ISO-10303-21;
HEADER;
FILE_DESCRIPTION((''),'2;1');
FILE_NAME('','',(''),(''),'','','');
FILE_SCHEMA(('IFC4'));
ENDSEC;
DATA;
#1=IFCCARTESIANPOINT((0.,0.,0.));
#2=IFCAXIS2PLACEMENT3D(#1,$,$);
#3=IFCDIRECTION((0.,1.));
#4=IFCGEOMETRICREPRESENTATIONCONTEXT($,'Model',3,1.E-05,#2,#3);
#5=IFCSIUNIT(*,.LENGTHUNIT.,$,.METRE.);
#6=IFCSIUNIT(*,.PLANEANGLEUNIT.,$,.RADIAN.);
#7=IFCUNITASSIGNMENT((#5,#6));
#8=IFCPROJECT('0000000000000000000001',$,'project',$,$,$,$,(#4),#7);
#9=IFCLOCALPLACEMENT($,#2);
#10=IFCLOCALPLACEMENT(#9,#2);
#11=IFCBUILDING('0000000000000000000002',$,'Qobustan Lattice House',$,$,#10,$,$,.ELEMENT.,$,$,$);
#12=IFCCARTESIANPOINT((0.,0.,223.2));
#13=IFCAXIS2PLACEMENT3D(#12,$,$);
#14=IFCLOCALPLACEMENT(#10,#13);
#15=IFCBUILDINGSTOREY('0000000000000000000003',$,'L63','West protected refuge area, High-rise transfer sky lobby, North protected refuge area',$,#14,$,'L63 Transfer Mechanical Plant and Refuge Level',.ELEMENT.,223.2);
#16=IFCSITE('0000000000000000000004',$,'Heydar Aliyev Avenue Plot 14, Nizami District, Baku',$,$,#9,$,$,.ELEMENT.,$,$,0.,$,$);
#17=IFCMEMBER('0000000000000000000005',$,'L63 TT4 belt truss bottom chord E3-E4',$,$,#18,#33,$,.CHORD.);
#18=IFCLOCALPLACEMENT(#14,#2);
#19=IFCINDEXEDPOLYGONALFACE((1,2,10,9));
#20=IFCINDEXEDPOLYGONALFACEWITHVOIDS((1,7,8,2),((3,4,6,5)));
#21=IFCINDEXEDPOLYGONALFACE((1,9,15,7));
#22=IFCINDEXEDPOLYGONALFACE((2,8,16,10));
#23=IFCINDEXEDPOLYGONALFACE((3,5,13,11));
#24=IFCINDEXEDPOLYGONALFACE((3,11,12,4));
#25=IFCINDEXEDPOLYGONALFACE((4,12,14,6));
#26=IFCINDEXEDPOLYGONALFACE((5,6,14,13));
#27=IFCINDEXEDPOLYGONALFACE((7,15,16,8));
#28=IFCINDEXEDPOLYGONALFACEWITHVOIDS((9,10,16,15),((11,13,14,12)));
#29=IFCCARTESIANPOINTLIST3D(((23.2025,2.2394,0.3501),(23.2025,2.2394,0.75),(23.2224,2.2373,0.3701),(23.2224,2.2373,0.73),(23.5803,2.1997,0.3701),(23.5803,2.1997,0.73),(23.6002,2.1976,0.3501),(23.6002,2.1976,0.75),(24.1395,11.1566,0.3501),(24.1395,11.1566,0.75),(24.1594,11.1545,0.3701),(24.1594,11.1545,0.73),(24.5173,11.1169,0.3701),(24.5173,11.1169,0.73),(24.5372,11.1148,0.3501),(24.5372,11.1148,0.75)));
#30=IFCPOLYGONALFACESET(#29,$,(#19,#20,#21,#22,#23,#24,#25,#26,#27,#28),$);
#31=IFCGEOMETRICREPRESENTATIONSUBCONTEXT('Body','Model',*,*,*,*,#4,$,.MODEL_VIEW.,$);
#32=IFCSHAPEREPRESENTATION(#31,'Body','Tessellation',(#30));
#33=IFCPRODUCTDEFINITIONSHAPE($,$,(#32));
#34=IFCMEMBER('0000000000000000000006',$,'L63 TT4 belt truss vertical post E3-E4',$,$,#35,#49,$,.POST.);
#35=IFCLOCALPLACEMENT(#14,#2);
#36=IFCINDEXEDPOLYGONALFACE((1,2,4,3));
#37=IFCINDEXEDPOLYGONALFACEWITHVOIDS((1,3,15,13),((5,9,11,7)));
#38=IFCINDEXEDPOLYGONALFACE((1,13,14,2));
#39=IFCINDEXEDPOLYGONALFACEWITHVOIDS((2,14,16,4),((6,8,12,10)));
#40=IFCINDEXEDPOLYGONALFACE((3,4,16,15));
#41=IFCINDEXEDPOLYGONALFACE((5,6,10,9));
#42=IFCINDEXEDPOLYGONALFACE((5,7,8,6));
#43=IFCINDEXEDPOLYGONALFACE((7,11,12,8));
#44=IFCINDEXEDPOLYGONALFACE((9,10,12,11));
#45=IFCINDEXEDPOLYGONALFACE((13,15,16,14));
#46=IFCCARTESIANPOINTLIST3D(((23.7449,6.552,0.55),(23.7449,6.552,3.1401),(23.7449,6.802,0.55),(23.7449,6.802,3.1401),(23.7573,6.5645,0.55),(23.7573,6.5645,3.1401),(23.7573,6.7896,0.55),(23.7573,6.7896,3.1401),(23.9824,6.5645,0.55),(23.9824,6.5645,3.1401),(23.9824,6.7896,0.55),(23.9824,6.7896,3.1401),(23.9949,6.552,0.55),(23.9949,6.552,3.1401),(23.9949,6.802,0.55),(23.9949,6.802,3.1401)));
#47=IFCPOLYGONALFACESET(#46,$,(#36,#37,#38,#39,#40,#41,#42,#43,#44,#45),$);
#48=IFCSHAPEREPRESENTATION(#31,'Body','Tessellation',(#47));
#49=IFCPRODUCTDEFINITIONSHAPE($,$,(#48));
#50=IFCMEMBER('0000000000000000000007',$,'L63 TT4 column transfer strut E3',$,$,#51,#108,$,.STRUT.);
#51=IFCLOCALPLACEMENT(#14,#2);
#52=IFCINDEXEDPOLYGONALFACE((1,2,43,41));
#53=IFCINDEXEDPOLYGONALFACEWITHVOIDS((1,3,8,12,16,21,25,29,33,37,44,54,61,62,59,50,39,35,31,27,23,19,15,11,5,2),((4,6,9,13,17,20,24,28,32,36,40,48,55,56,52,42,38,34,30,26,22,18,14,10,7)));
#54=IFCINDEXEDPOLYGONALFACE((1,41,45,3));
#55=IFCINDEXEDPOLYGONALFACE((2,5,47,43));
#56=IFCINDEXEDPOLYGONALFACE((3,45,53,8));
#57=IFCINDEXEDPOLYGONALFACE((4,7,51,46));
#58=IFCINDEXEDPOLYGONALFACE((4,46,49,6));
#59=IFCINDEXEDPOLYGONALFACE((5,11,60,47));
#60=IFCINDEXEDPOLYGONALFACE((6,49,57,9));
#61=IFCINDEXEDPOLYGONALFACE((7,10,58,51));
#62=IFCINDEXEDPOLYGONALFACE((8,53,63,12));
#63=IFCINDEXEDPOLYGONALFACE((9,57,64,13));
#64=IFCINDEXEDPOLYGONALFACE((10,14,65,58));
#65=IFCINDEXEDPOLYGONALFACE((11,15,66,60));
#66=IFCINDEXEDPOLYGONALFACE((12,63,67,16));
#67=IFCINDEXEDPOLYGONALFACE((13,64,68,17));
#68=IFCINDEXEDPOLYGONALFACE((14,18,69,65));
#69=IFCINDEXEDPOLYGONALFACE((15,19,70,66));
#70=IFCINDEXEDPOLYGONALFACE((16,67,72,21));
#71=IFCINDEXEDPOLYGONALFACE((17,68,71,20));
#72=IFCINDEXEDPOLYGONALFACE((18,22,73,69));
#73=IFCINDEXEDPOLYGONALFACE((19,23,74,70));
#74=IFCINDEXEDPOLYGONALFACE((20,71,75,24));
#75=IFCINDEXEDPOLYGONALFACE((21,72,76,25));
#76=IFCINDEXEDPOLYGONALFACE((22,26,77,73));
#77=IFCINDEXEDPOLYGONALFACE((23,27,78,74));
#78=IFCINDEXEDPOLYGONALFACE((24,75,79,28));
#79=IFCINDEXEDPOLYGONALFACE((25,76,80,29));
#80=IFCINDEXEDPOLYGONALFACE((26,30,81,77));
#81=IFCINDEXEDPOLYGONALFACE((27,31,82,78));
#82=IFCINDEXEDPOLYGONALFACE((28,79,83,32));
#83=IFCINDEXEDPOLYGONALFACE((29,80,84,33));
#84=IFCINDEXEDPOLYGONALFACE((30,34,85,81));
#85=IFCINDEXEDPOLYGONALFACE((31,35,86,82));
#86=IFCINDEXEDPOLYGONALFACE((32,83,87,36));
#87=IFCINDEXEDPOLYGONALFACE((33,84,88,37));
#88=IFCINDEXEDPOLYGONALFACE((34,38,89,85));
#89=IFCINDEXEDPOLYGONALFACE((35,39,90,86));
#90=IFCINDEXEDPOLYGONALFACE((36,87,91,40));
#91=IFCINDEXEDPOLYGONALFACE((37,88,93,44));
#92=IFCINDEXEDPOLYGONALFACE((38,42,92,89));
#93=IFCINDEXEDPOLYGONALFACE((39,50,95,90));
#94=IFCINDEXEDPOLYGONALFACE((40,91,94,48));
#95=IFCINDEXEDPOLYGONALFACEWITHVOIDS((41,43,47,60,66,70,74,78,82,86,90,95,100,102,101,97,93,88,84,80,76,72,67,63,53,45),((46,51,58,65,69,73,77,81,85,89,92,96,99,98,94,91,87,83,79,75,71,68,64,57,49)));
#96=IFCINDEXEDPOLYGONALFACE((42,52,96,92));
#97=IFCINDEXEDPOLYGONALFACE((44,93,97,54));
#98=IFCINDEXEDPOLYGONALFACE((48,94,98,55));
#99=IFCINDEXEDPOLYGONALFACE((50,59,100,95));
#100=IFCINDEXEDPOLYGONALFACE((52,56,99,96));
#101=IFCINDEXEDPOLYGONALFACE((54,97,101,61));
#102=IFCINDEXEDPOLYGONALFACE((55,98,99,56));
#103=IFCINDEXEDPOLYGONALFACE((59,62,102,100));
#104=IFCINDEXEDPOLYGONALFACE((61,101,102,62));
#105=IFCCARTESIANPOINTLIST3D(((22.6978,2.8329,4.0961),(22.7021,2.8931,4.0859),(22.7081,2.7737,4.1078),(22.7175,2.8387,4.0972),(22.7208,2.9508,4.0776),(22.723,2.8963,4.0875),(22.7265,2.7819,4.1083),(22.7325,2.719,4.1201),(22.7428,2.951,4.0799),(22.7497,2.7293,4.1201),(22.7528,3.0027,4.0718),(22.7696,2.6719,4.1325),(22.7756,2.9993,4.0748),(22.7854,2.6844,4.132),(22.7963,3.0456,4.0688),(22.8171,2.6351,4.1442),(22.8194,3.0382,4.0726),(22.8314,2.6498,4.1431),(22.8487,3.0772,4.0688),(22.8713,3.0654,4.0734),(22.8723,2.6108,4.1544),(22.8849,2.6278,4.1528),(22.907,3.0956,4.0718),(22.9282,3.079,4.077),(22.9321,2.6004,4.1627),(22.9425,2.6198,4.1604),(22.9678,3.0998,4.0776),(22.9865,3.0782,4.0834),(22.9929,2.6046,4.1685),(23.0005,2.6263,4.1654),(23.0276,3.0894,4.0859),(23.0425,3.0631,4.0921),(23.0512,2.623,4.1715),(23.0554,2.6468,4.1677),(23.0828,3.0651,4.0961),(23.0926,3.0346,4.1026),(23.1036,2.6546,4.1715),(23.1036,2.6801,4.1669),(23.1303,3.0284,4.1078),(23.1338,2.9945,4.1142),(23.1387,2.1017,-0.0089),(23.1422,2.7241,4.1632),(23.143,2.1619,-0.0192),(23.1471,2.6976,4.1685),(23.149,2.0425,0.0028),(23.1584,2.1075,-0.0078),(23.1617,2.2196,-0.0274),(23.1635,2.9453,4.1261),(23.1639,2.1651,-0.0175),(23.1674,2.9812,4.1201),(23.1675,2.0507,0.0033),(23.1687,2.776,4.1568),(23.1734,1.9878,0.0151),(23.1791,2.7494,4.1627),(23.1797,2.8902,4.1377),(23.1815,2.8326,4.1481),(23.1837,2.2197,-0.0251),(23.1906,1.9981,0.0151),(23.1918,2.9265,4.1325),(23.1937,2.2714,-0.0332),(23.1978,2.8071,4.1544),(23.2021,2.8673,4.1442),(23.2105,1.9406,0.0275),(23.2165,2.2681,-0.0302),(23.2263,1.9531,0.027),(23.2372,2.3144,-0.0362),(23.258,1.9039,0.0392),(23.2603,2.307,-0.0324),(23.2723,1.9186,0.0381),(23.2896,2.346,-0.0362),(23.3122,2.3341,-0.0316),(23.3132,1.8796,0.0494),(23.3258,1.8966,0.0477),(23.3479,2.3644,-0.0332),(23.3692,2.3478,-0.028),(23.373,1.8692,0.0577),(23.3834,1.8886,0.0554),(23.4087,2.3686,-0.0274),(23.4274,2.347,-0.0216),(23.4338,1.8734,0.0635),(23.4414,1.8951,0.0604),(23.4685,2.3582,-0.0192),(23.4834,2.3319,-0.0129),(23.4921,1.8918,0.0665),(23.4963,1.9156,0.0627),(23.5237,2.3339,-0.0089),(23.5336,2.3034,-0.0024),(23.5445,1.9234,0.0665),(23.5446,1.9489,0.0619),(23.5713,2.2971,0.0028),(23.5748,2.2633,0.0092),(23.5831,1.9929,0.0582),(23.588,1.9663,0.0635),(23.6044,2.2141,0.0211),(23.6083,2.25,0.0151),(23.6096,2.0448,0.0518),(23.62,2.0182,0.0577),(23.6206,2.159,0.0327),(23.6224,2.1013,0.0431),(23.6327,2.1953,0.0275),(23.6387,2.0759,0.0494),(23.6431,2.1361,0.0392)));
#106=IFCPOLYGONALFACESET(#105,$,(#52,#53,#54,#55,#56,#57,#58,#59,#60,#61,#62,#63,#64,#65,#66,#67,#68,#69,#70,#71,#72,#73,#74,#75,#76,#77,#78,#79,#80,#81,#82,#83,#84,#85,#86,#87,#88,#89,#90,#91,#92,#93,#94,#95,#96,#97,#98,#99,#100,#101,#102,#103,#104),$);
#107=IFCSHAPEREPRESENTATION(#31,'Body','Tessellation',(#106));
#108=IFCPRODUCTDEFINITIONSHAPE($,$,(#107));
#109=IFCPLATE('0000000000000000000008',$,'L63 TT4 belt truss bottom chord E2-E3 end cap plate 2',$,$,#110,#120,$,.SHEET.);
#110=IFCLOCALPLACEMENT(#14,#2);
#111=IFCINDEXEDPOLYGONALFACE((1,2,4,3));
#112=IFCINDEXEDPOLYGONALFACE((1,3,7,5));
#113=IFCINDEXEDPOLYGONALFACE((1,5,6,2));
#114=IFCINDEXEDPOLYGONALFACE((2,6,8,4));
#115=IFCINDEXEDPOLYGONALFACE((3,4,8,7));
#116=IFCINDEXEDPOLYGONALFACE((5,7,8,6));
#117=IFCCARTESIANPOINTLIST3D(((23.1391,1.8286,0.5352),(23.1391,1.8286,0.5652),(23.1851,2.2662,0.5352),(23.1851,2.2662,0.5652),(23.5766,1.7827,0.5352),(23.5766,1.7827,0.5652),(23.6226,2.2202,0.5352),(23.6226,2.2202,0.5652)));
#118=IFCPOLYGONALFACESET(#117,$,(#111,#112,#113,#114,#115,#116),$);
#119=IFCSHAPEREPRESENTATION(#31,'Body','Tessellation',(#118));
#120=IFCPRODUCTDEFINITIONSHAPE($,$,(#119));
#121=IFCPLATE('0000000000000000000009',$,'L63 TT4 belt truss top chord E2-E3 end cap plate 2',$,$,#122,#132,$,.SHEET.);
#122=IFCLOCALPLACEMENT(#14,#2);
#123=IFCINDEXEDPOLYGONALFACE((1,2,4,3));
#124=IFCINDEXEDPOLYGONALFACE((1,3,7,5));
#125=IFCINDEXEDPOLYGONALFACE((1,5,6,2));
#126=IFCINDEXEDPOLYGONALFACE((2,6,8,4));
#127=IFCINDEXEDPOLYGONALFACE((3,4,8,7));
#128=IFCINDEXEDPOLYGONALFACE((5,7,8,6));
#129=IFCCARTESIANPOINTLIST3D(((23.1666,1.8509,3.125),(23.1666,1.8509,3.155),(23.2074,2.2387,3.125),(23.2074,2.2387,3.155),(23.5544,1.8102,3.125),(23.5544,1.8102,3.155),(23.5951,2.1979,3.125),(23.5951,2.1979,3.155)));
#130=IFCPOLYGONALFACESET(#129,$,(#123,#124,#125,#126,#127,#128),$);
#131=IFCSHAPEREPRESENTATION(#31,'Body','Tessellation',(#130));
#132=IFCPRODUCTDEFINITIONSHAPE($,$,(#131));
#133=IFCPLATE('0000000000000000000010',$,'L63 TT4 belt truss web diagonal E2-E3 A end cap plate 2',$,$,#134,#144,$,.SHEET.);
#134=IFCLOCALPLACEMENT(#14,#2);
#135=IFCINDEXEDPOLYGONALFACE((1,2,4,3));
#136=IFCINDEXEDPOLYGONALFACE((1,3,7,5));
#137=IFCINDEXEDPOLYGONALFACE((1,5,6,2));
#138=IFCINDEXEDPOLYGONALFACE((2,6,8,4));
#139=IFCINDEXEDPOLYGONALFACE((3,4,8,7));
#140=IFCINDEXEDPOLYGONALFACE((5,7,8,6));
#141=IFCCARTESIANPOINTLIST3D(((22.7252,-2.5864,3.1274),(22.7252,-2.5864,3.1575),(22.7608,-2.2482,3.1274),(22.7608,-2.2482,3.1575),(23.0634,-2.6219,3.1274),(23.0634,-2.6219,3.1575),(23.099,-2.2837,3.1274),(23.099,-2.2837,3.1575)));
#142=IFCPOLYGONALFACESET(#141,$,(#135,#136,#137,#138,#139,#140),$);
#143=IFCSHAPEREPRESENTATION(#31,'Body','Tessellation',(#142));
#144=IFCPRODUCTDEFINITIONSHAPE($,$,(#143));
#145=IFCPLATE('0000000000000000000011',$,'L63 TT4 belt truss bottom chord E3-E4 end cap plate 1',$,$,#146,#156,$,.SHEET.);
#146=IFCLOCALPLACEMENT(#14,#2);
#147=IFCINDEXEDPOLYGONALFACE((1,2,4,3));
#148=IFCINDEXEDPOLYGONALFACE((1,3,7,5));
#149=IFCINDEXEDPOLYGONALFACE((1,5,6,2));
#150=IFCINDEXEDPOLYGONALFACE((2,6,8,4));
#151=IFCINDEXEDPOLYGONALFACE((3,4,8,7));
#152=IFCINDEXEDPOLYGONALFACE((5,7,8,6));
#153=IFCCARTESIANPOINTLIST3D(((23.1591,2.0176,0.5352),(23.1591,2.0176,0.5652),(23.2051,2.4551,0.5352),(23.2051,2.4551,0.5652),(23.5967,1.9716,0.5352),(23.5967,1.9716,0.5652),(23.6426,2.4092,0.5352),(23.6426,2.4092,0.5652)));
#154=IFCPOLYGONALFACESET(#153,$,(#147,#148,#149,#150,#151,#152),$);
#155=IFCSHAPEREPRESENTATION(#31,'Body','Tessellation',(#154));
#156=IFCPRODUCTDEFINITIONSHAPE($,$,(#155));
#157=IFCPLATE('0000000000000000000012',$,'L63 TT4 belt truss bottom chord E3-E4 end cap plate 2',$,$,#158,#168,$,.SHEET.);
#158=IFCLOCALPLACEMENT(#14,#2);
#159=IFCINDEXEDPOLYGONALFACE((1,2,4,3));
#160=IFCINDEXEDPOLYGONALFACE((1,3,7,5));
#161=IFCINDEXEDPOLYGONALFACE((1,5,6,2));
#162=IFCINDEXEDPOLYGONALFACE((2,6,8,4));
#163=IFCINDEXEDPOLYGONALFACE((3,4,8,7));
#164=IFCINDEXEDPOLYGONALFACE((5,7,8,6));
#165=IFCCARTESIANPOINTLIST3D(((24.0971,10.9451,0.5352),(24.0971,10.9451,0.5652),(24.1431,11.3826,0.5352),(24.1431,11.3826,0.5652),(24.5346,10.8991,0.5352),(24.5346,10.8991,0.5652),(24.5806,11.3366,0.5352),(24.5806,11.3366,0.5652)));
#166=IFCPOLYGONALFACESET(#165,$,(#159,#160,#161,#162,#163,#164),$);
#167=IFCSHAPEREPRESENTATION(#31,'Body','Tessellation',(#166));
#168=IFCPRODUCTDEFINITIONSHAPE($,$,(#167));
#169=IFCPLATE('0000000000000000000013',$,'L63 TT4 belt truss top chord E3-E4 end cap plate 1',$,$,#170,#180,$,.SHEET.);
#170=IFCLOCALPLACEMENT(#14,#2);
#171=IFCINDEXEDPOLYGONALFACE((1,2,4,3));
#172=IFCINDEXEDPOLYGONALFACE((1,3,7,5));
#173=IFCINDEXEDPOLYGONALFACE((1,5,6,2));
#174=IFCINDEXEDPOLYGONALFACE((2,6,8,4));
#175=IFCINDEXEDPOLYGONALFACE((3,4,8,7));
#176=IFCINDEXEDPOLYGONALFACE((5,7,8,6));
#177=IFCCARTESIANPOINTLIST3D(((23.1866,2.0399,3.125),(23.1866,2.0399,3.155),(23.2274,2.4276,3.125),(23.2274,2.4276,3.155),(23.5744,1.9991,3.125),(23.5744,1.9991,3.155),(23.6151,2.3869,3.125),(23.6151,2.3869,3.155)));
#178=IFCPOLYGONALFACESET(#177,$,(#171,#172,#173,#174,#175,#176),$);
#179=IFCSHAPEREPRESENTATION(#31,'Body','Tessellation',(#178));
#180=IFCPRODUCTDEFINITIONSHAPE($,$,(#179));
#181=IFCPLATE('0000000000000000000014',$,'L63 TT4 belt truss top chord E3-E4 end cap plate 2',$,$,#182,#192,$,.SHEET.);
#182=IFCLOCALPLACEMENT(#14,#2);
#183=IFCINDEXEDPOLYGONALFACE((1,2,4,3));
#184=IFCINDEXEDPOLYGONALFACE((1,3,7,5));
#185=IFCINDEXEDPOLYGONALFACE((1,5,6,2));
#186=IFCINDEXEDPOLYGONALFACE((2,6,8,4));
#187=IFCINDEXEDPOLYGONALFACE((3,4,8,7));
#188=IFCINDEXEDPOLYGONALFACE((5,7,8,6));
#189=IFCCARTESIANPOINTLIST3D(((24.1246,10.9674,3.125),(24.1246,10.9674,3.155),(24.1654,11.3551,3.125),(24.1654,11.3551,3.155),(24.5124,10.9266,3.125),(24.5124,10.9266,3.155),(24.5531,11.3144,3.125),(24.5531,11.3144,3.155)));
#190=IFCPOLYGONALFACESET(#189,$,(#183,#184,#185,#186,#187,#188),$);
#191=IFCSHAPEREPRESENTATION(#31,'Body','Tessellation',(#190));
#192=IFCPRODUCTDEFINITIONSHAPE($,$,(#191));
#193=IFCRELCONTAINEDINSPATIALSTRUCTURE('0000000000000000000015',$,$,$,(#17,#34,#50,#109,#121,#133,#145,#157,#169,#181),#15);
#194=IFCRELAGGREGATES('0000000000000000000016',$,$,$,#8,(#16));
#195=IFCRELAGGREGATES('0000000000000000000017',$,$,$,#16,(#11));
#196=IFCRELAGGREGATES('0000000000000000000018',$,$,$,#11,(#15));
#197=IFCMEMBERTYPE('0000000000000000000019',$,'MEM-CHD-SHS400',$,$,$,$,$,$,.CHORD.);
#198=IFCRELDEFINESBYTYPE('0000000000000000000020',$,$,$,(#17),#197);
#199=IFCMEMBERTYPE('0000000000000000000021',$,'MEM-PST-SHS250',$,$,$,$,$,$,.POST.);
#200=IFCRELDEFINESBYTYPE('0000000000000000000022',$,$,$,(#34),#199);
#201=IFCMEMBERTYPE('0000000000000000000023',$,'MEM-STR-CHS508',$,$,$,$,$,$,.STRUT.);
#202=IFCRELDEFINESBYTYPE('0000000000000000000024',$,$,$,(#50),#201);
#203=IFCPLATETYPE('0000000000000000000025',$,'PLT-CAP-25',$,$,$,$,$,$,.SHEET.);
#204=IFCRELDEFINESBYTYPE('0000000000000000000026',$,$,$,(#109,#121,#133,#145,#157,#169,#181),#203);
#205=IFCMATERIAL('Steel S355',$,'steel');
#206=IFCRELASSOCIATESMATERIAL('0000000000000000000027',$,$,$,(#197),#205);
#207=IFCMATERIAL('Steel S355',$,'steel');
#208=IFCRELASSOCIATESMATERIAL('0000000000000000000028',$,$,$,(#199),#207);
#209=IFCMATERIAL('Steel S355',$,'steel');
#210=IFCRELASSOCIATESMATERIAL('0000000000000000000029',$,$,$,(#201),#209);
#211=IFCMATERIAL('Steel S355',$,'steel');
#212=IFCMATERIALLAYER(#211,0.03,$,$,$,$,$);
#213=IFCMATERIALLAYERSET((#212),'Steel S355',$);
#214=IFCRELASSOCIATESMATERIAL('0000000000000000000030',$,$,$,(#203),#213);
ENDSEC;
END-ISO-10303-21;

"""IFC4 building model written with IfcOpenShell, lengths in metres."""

from ifc_helpers import new_model, si_unit, direction, frame, origin, origin_2d, place, context, subcontext, project, spatial, rectangle, hollow_rectangle, hollow_circle, extrude, material, layer, layer_set, material_profile, profile_set, type_object, element, save


model = new_model("IFC4")

# Units and contexts
model_context = context("Model", 3, precision=1e-05, world=origin(), true_north=direction((0.0, 1.0)))
body_context = subcontext(model_context, "Body", "Model", "MODEL_VIEW")
ifc_project = project(units=[si_unit("LENGTHUNIT", "METRE"), si_unit("PLANEANGLEUNIT", "RADIAN")], contexts=[model_context])

# Site, building, storey
site_placement = place(None, origin())
site = spatial("IfcSite", under=ifc_project, at=site_placement, Name="Heydar Aliyev Avenue Plot 14, Nizami District, Baku", CompositionType="ELEMENT", RefElevation=0.0)
building_placement = place(site_placement, origin())
building = spatial("IfcBuilding", under=site, at=building_placement, Name="Qobustan Lattice House", CompositionType="ELEMENT")
storey_placement = place(building_placement, frame((0.0, 0.0, 223.2)))
storey = spatial("IfcBuildingStorey", under=building, at=storey_placement, Name="L63", Description="West protected refuge area, High-rise transfer sky lobby, North protected refuge area", LongName="L63 Transfer Mechanical Plant and Refuge Level", CompositionType="ELEMENT", Elevation=223.2)

# Members
ifc_material_1 = material(Name="Steel S355", Category="steel")
ifc_material_profile_1 = material_profile(ifc_material_1, hollow_rectangle(XDim=0.3999, YDim=0.3999, WallThickness=0.02, at=origin_2d()), Name="SHS400x400x20")
ifc_profile_set_1 = profile_set([ifc_material_profile_1], Name="Steel S355")
member_type_1 = type_object("IfcMemberType", Name="MEM-CHD-SHS400", PredefinedType="CHORD", material=ifc_profile_set_1)
member_1_placement = place(storey_placement, frame((23.4014, 2.2185, 0.55), z_axis=(0.104503, 0.994525, 0.0), x_axis=(-0.994525, 0.104503, 0.0)))
element("IfcMember", 1, at=member_1_placement, inside=storey, type_object=member_type_1, Name="L63 TT4 belt truss bottom chord E3-E4", PredefinedType="CHORD", context=body_context, shape_type="SweptSolid", body=[
    extrude(hollow_rectangle(XDim=0.3999, YDim=0.3999, WallThickness=0.02, at=origin_2d()), origin(), (0.0, 0.0, 1.0), 8.9663),
])
ifc_material_2 = material(Name="Steel S355", Category="steel")
ifc_material_profile_2 = material_profile(ifc_material_2, hollow_rectangle(XDim=0.25, YDim=0.25, WallThickness=0.0125, at=origin_2d()), Name="SHS250x250x12.5")
ifc_profile_set_2 = profile_set([ifc_material_profile_2], Name="Steel S355")
member_type_2 = type_object("IfcMemberType", Name="MEM-PST-SHS250", PredefinedType="POST", material=ifc_profile_set_2)
member_2_placement = place(storey_placement, frame((23.8699, 6.677, 0.55), z_axis=(0.0, 0.0, 1.0), x_axis=(1.0, 0.0, 0.0)))
element("IfcMember", 2, at=member_2_placement, inside=storey, type_object=member_type_2, Name="L63 TT4 belt truss vertical post E3-E4", PredefinedType="POST", context=body_context, shape_type="SweptSolid", body=[
    extrude(hollow_rectangle(XDim=0.25, YDim=0.25, WallThickness=0.0125, at=origin_2d()), origin(), (0.0, 0.0, 1.0), 2.5901),
])
ifc_material_3 = material(Name="Steel S355", Category="steel")
ifc_material_profile_3 = material_profile(ifc_material_3, hollow_circle(Radius=0.2539, WallThickness=0.02, at=origin_2d()), Name="CHS508x20")
ifc_profile_set_3 = profile_set([ifc_material_profile_3], Name="Steel S355")
member_type_3 = type_object("IfcMemberType", Name="MEM-STR-CHS508", PredefinedType="STRUT", material=ifc_profile_set_3)
member_3_placement = place(storey_placement, frame((23.3909, 2.1189, 0.0151), z_axis=(-0.10516, 0.174393, 0.979045), x_axis=(-0.856356, -0.516387, 0.0)))
element("IfcMember", 3, at=member_3_placement, inside=storey, type_object=member_type_3, Name="L63 TT4 column transfer strut E3", PredefinedType="STRUT", context=body_context, shape_type="SweptSolid", body=[
    extrude(hollow_circle(Radius=0.2539, WallThickness=0.02, at=origin_2d()), origin(), (0.0, 0.0, 1.0), 4.1929),
])

# Plates
ifc_material_4 = material(Name="Steel S355", Category="steel")
ifc_layer_1 = layer(ifc_material_4, 0.03)
ifc_layer_set_1 = layer_set([ifc_layer_1], Name="Steel S355")
plate_type = type_object("IfcPlateType", Name="PLT-CAP-25", PredefinedType="SHEET", material=ifc_layer_set_1)
plate_1_placement = place(storey_placement, frame((23.3809, 2.0244, 0.5352), z_axis=(0.0, 0.0, 1.0), x_axis=(0.104528, 0.994522, 0.0)))
element("IfcPlate", 4, at=plate_1_placement, inside=storey, type_object=plate_type, Name="L63 TT4 belt truss bottom chord E2-E3 end cap plate 2", PredefinedType="SHEET", context=body_context, shape_type="SweptSolid", body=[
    extrude(rectangle(XDim=0.4399, YDim=0.4399, at=origin_2d()), origin(), (0.0, 0.0, 1.0), 0.03),
])
plate_2_placement = place(storey_placement, frame((23.3809, 2.0244, 3.125), z_axis=(0.0, 0.0, 1.0), x_axis=(0.104528, 0.994522, 0.0)))
element("IfcPlate", 5, at=plate_2_placement, inside=storey, type_object=plate_type, Name="L63 TT4 belt truss top chord E2-E3 end cap plate 2", PredefinedType="SHEET", context=body_context, shape_type="SweptSolid", body=[
    extrude(rectangle(XDim=0.3899, YDim=0.3899, at=origin_2d()), origin(), (0.0, 0.0, 1.0), 0.03),
])
plate_3_placement = place(storey_placement, frame((22.9121, -2.4351, 3.1274), z_axis=(0.0, 0.0, 1.0), x_axis=(0.104528, 0.994522, 0.0)))
element("IfcPlate", 6, at=plate_3_placement, inside=storey, type_object=plate_type, Name="L63 TT4 belt truss web diagonal E2-E3 A end cap plate 2", PredefinedType="SHEET", context=body_context, shape_type="SweptSolid", body=[
    extrude(rectangle(XDim=0.3401, YDim=0.3401, at=origin_2d()), origin(), (0.0, 0.0, 1.0), 0.03),
])
for number, where, z_axis, x_axis, name in (
    (7, (23.4009, 2.2134, 0.5352), (0.0, 0.0, 1.0), (0.104511, 0.994524, 0.0), "L63 TT4 belt truss bottom chord E3-E4 end cap plate 1"),
    (8, (24.3389, 11.1409, 0.5352), (0.0, 0.0, 1.0), (0.104511, 0.994524, 0.0), "L63 TT4 belt truss bottom chord E3-E4 end cap plate 2"),
):
    element("IfcPlate", number, at=place(storey_placement, frame(where, z_axis=z_axis, x_axis=x_axis)), inside=storey, type_object=plate_type, Name=name, PredefinedType="SHEET", context=body_context, shape_type="SweptSolid", body=[
        extrude(rectangle(XDim=0.4399, YDim=0.4399, at=origin_2d()), origin(), (0.0, 0.0, 1.0), 0.03),
    ])
for number, where, z_axis, x_axis, name in (
    (9, (23.4009, 2.2134, 3.125), (0.0, 0.0, 1.0), (0.104511, 0.994524, 0.0), "L63 TT4 belt truss top chord E3-E4 end cap plate 1"),
    (10, (24.3389, 11.1409, 3.125), (0.0, 0.0, 1.0), (0.104511, 0.994524, 0.0), "L63 TT4 belt truss top chord E3-E4 end cap plate 2"),
):
    element("IfcPlate", number, at=place(storey_placement, frame(where, z_axis=z_axis, x_axis=x_axis)), inside=storey, type_object=plate_type, Name=name, PredefinedType="SHEET", context=body_context, shape_type="SweptSolid", body=[
        extrude(rectangle(XDim=0.3899, YDim=0.3899, at=origin_2d()), origin(), (0.0, 0.0, 1.0), 0.03),
    ])

save(model, "model.ifc")
